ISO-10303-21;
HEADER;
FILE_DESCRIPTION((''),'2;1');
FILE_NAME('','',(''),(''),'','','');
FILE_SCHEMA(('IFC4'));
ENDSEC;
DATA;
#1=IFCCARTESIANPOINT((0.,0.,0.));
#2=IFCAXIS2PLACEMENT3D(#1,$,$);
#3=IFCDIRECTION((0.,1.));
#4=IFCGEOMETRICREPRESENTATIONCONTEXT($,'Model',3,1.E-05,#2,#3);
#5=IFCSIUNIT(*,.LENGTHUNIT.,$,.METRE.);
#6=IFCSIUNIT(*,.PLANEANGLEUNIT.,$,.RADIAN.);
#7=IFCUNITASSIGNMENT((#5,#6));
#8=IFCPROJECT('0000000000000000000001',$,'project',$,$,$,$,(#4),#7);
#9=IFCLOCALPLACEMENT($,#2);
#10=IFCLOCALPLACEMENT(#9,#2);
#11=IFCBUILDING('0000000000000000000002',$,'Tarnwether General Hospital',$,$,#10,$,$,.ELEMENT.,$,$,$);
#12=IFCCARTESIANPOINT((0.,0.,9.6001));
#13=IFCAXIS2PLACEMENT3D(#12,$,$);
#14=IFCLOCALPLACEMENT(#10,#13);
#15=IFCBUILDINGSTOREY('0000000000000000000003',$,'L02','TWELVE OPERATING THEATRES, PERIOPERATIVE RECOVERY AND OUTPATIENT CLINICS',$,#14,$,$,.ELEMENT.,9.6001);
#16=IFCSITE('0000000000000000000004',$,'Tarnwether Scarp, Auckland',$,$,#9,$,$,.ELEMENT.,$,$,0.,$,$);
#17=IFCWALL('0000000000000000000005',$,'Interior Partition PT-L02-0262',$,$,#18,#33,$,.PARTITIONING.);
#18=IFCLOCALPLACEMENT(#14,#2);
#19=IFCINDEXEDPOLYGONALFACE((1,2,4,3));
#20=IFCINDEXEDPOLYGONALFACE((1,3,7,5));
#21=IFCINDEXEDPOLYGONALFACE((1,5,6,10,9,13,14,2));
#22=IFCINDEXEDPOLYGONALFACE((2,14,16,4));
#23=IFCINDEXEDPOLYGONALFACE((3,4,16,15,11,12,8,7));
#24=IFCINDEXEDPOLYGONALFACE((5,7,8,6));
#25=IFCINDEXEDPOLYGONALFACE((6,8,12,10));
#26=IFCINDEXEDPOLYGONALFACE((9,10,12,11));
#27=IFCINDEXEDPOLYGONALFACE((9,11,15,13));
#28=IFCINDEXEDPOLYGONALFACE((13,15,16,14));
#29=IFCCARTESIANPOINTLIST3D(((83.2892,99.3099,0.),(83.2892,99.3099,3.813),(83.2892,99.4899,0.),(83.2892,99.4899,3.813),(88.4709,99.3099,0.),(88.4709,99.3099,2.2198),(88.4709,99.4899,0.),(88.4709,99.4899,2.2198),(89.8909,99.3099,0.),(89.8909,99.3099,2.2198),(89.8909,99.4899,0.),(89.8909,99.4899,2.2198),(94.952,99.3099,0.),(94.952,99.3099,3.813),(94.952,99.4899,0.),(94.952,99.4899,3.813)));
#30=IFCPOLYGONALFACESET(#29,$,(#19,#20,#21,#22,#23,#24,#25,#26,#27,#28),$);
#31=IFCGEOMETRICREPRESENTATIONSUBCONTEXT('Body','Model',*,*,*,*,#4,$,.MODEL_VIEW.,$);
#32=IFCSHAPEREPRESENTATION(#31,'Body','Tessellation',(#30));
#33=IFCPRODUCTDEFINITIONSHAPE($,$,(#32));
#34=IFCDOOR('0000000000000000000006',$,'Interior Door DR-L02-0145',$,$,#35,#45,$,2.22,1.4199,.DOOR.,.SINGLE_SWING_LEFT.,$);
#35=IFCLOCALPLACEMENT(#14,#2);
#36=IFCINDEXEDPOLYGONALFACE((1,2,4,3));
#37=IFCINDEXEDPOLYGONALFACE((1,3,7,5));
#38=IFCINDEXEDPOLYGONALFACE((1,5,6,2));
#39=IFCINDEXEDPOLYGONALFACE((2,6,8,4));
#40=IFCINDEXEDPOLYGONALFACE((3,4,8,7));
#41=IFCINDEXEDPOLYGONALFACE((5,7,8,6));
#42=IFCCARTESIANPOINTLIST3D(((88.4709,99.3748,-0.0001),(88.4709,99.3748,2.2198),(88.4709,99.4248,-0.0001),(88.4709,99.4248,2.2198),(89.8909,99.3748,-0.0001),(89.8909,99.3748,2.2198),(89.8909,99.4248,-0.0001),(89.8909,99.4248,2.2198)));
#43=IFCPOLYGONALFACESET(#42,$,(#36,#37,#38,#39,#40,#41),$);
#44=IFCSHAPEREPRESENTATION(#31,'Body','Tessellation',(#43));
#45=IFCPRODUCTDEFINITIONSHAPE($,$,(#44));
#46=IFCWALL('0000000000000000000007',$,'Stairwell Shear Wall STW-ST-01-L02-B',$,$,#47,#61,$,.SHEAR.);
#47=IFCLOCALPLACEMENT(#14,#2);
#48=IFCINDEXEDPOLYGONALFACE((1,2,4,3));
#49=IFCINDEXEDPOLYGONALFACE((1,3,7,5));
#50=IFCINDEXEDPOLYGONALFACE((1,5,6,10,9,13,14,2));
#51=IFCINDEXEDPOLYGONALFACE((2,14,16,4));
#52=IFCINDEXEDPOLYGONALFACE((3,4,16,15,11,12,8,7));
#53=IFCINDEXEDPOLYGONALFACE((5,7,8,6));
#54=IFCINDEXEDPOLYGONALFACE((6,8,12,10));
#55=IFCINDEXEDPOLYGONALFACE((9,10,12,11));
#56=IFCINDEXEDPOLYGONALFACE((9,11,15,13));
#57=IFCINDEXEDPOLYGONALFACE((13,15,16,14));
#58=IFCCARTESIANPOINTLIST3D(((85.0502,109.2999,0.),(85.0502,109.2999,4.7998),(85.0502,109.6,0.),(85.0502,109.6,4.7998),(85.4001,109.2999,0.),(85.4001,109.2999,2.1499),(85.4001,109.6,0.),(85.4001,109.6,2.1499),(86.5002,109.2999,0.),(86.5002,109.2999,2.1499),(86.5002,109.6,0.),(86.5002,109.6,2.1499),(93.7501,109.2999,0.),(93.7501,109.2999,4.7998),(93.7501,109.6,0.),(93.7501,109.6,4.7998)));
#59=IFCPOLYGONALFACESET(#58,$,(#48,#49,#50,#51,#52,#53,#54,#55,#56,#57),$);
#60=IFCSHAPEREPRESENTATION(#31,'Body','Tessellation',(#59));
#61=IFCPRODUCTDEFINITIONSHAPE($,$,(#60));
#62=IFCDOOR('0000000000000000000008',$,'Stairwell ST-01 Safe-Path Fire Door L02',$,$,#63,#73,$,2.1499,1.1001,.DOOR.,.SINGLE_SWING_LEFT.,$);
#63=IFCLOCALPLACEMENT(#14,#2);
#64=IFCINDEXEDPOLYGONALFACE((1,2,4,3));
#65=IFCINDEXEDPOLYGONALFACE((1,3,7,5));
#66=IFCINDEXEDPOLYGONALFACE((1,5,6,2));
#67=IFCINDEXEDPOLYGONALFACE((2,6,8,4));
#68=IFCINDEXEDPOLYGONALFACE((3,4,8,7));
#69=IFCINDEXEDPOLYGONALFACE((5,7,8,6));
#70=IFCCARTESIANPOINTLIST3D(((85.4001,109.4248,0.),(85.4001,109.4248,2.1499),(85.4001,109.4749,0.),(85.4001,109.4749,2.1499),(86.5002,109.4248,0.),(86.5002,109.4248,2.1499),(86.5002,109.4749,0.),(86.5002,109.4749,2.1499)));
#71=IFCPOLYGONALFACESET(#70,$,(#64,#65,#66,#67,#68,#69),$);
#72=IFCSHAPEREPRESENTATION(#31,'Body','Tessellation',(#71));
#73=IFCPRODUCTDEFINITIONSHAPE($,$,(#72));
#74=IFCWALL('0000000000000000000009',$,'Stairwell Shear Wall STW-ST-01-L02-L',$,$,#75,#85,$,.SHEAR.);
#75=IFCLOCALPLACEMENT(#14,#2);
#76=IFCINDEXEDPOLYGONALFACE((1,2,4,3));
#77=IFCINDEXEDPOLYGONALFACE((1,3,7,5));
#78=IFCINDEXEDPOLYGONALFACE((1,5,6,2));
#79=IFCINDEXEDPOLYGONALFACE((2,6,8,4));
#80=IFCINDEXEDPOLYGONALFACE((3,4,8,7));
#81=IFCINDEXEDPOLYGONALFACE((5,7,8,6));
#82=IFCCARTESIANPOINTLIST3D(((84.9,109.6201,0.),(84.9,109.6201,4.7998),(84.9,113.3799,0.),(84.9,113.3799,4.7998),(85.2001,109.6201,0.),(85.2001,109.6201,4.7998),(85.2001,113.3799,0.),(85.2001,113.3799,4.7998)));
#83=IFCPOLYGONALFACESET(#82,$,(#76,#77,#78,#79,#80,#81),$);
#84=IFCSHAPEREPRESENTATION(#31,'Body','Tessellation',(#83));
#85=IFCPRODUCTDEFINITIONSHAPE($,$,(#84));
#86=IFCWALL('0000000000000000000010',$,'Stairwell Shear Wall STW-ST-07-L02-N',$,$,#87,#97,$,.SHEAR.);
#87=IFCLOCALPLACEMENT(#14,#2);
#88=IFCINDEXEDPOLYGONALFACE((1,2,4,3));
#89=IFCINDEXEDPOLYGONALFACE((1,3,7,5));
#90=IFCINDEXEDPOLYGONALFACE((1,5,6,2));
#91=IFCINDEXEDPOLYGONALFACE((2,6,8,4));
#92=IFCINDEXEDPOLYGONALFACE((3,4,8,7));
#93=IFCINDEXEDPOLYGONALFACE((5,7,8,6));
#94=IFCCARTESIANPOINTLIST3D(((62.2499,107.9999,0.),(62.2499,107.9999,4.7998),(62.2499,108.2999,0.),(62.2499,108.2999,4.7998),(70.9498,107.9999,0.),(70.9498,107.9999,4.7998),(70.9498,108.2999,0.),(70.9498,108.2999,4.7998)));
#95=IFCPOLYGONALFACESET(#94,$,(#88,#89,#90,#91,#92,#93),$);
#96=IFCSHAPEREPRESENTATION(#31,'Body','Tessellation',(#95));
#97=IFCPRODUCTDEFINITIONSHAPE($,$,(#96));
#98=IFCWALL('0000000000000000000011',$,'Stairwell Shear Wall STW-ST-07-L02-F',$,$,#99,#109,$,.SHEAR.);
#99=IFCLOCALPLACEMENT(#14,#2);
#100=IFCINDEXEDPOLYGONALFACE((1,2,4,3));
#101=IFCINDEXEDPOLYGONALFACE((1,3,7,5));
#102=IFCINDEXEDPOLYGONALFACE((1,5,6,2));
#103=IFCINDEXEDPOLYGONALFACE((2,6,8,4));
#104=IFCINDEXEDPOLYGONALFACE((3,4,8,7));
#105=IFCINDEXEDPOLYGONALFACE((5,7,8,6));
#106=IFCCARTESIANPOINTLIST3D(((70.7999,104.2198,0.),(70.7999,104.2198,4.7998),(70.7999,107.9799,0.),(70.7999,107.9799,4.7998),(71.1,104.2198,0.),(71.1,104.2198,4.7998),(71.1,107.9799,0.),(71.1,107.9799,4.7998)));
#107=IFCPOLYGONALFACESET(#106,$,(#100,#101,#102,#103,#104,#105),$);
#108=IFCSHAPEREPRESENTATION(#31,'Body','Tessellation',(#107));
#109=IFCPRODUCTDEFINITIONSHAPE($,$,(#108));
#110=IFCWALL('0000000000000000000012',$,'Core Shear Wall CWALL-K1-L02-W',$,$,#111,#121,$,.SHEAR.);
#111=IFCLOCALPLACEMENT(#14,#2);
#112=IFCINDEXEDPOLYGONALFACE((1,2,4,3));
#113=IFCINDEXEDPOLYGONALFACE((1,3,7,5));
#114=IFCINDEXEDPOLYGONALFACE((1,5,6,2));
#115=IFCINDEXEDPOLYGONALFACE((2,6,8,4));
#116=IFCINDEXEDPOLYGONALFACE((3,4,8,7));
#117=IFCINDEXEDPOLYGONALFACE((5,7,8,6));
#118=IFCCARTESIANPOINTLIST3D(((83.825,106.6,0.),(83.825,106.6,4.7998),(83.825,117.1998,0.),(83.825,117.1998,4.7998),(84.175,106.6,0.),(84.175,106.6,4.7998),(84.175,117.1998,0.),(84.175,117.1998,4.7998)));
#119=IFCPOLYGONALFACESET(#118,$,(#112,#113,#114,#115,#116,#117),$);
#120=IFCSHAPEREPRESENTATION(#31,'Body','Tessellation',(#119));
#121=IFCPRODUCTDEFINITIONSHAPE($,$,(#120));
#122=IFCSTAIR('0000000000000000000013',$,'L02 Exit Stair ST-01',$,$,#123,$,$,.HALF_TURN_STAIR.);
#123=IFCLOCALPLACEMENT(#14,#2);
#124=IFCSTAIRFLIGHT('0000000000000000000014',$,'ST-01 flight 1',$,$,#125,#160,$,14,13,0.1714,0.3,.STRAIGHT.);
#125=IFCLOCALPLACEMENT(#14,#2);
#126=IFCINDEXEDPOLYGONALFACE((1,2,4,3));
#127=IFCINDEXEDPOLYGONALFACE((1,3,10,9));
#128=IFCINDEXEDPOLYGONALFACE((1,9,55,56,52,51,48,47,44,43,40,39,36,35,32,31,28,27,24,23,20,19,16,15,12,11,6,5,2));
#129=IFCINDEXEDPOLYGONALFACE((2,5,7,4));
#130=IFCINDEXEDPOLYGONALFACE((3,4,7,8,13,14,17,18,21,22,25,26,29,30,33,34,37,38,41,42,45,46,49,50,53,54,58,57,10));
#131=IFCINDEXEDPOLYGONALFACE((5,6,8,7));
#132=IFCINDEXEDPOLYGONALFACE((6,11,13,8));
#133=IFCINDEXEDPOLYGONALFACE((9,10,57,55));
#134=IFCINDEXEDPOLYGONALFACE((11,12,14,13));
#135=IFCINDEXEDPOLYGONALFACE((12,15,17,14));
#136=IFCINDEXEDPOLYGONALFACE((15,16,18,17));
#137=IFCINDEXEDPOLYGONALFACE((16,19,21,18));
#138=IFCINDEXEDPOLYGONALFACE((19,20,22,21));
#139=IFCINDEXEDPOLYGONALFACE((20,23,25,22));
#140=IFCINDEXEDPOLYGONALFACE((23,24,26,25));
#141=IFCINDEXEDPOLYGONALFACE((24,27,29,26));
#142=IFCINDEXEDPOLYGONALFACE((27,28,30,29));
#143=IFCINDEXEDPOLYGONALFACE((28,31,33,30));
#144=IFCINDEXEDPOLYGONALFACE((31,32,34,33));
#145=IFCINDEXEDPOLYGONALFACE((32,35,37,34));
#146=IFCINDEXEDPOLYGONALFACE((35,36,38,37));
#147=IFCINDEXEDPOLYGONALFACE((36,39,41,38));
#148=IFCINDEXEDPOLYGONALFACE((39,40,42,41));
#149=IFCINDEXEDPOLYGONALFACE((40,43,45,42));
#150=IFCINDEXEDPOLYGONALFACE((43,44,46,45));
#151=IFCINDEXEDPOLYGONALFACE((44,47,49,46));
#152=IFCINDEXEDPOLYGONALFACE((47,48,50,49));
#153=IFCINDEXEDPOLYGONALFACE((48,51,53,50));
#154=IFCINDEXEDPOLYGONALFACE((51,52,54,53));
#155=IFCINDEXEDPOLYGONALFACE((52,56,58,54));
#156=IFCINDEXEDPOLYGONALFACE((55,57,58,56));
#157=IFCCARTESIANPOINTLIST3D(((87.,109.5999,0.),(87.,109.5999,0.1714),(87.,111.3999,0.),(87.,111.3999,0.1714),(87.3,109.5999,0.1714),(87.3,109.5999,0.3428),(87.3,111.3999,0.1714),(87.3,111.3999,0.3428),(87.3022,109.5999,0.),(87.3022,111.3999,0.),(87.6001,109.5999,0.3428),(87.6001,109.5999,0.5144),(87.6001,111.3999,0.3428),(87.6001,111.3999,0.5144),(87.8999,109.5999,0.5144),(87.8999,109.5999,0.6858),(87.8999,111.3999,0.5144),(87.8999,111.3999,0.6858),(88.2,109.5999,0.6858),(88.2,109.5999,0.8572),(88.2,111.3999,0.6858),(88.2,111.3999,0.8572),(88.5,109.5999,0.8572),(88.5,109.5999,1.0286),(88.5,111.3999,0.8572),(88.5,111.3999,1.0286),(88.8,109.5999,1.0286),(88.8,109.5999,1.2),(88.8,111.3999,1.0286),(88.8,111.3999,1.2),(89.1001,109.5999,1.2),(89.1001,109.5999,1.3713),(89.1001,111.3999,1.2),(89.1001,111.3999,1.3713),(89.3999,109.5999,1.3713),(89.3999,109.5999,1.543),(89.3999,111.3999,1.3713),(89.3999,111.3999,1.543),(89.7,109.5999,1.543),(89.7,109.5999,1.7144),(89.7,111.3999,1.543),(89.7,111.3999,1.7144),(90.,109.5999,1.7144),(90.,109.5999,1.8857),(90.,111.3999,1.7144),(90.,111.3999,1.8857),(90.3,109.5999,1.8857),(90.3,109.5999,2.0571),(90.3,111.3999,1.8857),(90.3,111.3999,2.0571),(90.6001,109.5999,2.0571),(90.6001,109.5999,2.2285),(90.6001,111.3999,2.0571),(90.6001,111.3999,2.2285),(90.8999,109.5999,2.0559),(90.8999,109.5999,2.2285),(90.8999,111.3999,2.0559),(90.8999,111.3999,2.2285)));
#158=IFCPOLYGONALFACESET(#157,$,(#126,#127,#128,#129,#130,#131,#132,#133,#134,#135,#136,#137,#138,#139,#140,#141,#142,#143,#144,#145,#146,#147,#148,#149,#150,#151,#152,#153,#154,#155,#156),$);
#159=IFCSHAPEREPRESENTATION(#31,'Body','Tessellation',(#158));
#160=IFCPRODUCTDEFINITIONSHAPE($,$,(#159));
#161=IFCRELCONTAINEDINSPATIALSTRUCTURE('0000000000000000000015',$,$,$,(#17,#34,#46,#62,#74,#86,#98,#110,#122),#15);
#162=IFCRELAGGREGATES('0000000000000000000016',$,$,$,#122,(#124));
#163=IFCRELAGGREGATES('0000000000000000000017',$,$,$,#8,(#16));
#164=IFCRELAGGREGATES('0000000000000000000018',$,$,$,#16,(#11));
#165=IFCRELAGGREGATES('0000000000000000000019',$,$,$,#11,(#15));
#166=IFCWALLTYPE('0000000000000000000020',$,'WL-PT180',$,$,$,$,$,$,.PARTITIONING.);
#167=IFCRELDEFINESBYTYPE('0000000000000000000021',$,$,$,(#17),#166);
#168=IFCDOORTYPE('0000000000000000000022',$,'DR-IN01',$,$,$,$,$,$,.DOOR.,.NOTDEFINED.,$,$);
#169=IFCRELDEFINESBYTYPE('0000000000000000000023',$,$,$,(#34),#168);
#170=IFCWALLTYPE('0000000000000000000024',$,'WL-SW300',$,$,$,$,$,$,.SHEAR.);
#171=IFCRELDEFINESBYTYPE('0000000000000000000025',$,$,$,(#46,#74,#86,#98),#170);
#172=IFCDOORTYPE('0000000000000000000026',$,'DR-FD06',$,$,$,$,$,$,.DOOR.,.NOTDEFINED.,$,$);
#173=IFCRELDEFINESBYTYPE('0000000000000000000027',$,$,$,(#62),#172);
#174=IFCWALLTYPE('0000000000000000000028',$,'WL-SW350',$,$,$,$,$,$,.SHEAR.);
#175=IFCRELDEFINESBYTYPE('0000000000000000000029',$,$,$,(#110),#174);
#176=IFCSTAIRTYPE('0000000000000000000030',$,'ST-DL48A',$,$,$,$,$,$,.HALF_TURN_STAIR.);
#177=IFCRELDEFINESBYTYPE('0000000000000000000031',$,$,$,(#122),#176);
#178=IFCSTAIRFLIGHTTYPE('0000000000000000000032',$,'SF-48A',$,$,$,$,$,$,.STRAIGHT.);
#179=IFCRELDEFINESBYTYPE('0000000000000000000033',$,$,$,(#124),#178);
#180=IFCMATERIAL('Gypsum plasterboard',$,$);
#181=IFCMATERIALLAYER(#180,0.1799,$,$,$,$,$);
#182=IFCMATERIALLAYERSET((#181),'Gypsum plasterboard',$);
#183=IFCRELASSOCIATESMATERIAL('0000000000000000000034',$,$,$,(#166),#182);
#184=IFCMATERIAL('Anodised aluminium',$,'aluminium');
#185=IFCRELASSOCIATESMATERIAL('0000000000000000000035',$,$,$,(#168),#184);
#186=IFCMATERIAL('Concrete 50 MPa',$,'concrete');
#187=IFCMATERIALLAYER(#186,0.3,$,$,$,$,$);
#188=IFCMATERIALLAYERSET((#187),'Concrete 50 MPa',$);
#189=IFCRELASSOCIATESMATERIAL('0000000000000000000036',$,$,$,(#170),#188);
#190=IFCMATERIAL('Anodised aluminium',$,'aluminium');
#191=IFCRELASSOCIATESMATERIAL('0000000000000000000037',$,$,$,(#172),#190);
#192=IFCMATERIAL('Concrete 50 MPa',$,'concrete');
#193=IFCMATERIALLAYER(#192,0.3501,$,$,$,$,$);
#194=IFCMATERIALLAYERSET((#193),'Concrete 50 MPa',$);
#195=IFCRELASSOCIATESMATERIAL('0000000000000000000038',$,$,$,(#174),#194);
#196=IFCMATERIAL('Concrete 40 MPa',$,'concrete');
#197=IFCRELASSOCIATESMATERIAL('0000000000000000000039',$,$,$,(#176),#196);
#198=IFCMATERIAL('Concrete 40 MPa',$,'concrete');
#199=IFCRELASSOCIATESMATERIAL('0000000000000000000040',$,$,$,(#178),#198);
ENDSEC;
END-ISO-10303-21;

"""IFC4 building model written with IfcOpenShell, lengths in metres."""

from ifc_helpers import new_model, si_unit, direction, frame, frame_2d, origin, place, context, subcontext, project, spatial, polyline, rectangle, outline, extrude, material, layer, layer_set, type_object, element, fill, aggregate, save


model = new_model("IFC4")

# Units and contexts
model_context = context("Model", 3, precision=1e-05, world=origin(), true_north=direction((0.0, 1.0)))
body_context = subcontext(model_context, "Body", "Model", "MODEL_VIEW")
ifc_project = project(units=[si_unit("LENGTHUNIT", "METRE"), si_unit("PLANEANGLEUNIT", "RADIAN")], contexts=[model_context])

# Site, building, storey
site_placement = place(None, origin())
site = spatial("IfcSite", under=ifc_project, at=site_placement, Name="Tarnwether Scarp, Auckland", CompositionType="ELEMENT", RefElevation=0.0)
building_placement = place(site_placement, origin())
building = spatial("IfcBuilding", under=site, at=building_placement, Name="Tarnwether General Hospital", CompositionType="ELEMENT")
storey_placement = place(building_placement, frame((0.0, 0.0, 9.6001)))
storey = spatial("IfcBuildingStorey", under=building, at=storey_placement, Name="L02", Description="TWELVE OPERATING THEATRES, PERIOPERATIVE RECOVERY AND OUTPATIENT CLINICS", CompositionType="ELEMENT", Elevation=9.6001)

# Walls, openings, doors
ifc_material_1 = material(Name="Gypsum plasterboard")
ifc_layer_1 = layer(ifc_material_1, 0.1799)
ifc_layer_set_1 = layer_set([ifc_layer_1], Name="Gypsum plasterboard")
wall_type_1 = type_object("IfcWallType", Name="WL-PT180", PredefinedType="PARTITIONING", material=ifc_layer_set_1)
wall_1_placement = place(storey_placement, frame((83.2891, 99.3999, 0.0), z_axis=(0.0, 0.0, 1.0), x_axis=(1.0, 0.0, 0.0)))
wall_1 = element("IfcWall", 1, at=wall_1_placement, inside=storey, type_object=wall_type_1, Name="Interior Partition PT-L02-0262", PredefinedType="PARTITIONING", context=body_context, shape_type="SweptSolid", body=[
    extrude(rectangle(XDim=11.6628, YDim=0.1799, at=frame_2d((5.8315, 0.0))), origin(), (0.0, 0.0, 1.0), 3.813),
])
opening_1_placement = place(wall_1_placement, frame((5.1819, 0.0, 0.0)))
opening_1 = element("IfcOpeningElement", 2, at=opening_1_placement, cuts=wall_1, PredefinedType="OPENING", context=body_context, shape_type="SweptSolid", body=[
    extrude(rectangle(XDim=1.4199, YDim=2.22, at=frame_2d((0.71, 1.1099))), frame((0.0, 0.1001, 0.0), z_axis=(0.0, -1.0, 0.0), x_axis=(1.0, 0.0, 0.0)), (0.0, 0.0, 1.0), 0.2),
])
ifc_material_2 = material(Name="Anodised aluminium", Category="aluminium")
door_type_1 = type_object("IfcDoorType", Name="DR-IN01", OperationType="NOTDEFINED", PredefinedType="DOOR", material=ifc_material_2)
door_1_placement = place(opening_1_placement, origin())
door_1 = element("IfcDoor", 3, at=door_1_placement, inside=storey, type_object=door_type_1, Name="Interior Door DR-L02-0145", OperationType="SINGLE_SWING_LEFT", OverallHeight=2.22, OverallWidth=1.4199, PredefinedType="DOOR", context=body_context, shape_type="SweptSolid", body=[
    extrude(rectangle(XDim=1.4199, YDim=2.22, at=frame_2d((0.71, 1.1099))), frame((0.0, 0.0249, 0.0), z_axis=(0.0, -1.0, 0.0), x_axis=(1.0, 0.0, 0.0)), (0.0, 0.0, 1.0), 0.05),
])
fill(opening_1, door_1)
ifc_material_3 = material(Name="Concrete 50 MPa", Category="concrete")
ifc_layer_2 = layer(ifc_material_3, 0.3)
ifc_layer_set_2 = layer_set([ifc_layer_2], Name="Concrete 50 MPa")
wall_type_2 = type_object("IfcWallType", Name="WL-SW300", PredefinedType="SHEAR", material=ifc_layer_set_2)
wall_2_placement = place(storey_placement, frame((85.05, 109.45, 0.0), z_axis=(0.0, 0.0, 1.0), x_axis=(1.0, 0.0, 0.0)))
wall_2 = element("IfcWall", 4, at=wall_2_placement, inside=storey, type_object=wall_type_2, Name="Stairwell Shear Wall STW-ST-01-L02-B", PredefinedType="SHEAR", context=body_context, shape_type="SweptSolid", body=[
    extrude(rectangle(XDim=8.7, YDim=0.3, at=frame_2d((4.3501, 0.0))), origin(), (0.0, 0.0, 1.0), 4.7998),
])
opening_2_placement = place(wall_2_placement, frame((0.3501, 0.0, 0.0)))
opening_2 = element("IfcOpeningElement", 5, at=opening_2_placement, cuts=wall_2, PredefinedType="OPENING", context=body_context, shape_type="SweptSolid", body=[
    extrude(rectangle(XDim=1.1001, YDim=2.1499, at=frame_2d((0.55, 1.075))), frame((0.0, 0.1602, 0.0), z_axis=(0.0, -1.0, 0.0), x_axis=(1.0, 0.0, 0.0)), (0.0, 0.0, 1.0), 0.3201),
])
ifc_material_4 = material(Name="Anodised aluminium", Category="aluminium")
door_type_2 = type_object("IfcDoorType", Name="DR-FD06", OperationType="NOTDEFINED", PredefinedType="DOOR", material=ifc_material_4)
door_2_placement = place(opening_2_placement, origin())
door_2 = element("IfcDoor", 6, at=door_2_placement, inside=storey, type_object=door_type_2, Name="Stairwell ST-01 Safe-Path Fire Door L02", OperationType="SINGLE_SWING_LEFT", OverallHeight=2.1499, OverallWidth=1.1001, PredefinedType="DOOR", context=body_context, shape_type="SweptSolid", body=[
    extrude(rectangle(XDim=1.1001, YDim=2.1499, at=frame_2d((0.55, 1.075))), frame((0.0, 0.0249, 0.0), z_axis=(0.0, -1.0, 0.0), x_axis=(1.0, 0.0, 0.0)), (0.0, 0.0, 1.0), 0.05),
])
fill(opening_2, door_2)

# Walls
wall_3_placement = place(storey_placement, frame((85.05, 109.6201, 0.0), z_axis=(0.0, 0.0, 1.0), x_axis=(0.0, 1.0, 0.0)))
element("IfcWall", 7, at=wall_3_placement, inside=storey, type_object=wall_type_2, Name="Stairwell Shear Wall STW-ST-01-L02-L", PredefinedType="SHEAR", context=body_context, shape_type="SweptSolid", body=[
    extrude(rectangle(XDim=3.7598, YDim=0.3, at=frame_2d((1.8799, 0.0))), origin(), (0.0, 0.0, 1.0), 4.7998),
])
wall_4_placement = place(storey_placement, frame((70.95, 108.1499, 0.0), z_axis=(0.0, 0.0, 1.0), x_axis=(-1.0, 0.0, 0.0)))
element("IfcWall", 8, at=wall_4_placement, inside=storey, type_object=wall_type_2, Name="Stairwell Shear Wall STW-ST-07-L02-N", PredefinedType="SHEAR", context=body_context, shape_type="SweptSolid", body=[
    extrude(rectangle(XDim=8.7, YDim=0.3, at=frame_2d((4.3501, 0.0))), origin(), (0.0, 0.0, 1.0), 4.7998),
])
wall_5_placement = place(storey_placement, frame((70.95, 104.22, 0.0), z_axis=(0.0, 0.0, 1.0), x_axis=(0.0, 1.0, 0.0)))
element("IfcWall", 9, at=wall_5_placement, inside=storey, type_object=wall_type_2, Name="Stairwell Shear Wall STW-ST-07-L02-F", PredefinedType="SHEAR", context=body_context, shape_type="SweptSolid", body=[
    extrude(rectangle(XDim=3.76, YDim=0.3, at=frame_2d((1.8799, 0.0))), origin(), (0.0, 0.0, 1.0), 4.7998),
])
ifc_material_5 = material(Name="Concrete 50 MPa", Category="concrete")
ifc_layer_3 = layer(ifc_material_5, 0.3501)
ifc_layer_set_3 = layer_set([ifc_layer_3], Name="Concrete 50 MPa")
wall_type_3 = type_object("IfcWallType", Name="WL-SW350", PredefinedType="SHEAR", material=ifc_layer_set_3)
wall_6_placement = place(storey_placement, frame((84.0, 106.6001, 0.0), z_axis=(0.0, 0.0, 1.0), x_axis=(0.0, 1.0, 0.0)))
element("IfcWall", 10, at=wall_6_placement, inside=storey, type_object=wall_type_3, Name="Core Shear Wall CWALL-K1-L02-W", PredefinedType="SHEAR", context=body_context, shape_type="SweptSolid", body=[
    extrude(rectangle(XDim=10.5999, YDim=0.3501, at=frame_2d((5.2998, 0.0))), origin(), (0.0, 0.0, 1.0), 4.7998),
])

# Stair, stair flight
ifc_material_6 = material(Name="Concrete 40 MPa", Category="concrete")
stair_type = type_object("IfcStairType", Name="ST-DL48A", PredefinedType="HALF_TURN_STAIR", material=ifc_material_6)
stair_placement = place(storey_placement, origin())
stair = element("IfcStair", 11, at=stair_placement, inside=storey, type_object=stair_type, Name="L02 Exit Stair ST-01", PredefinedType="HALF_TURN_STAIR")
ifc_material_7 = material(Name="Concrete 40 MPa", Category="concrete")
stair_flight_type = type_object("IfcStairFlightType", Name="SF-48A", PredefinedType="STRAIGHT", material=ifc_material_7)
stair_flight_placement = place(storey_placement, frame((87.0, 110.5, 0.0), z_axis=(0.0, 0.0, 1.0), x_axis=(1.0, 0.0, 0.0)))
stair_flight = element("IfcStairFlight", 12, at=stair_flight_placement, type_object=stair_flight_type, Name="ST-01 flight 1", NumberOfRisers=14, NumberOfTreads=13, PredefinedType="STRAIGHT", RiserHeight=0.1714, TreadLength=0.3, context=body_context, shape_type="SweptSolid", body=[
    extrude(outline(polyline([(0.0, 0.0), (0.0, 0.1714), (0.3, 0.1714), (0.3, 0.3428), (0.6001, 0.3428), (0.6001, 0.5144), (0.8999, 0.5144), (0.8999, 0.6858), (1.2, 0.6858), (1.2, 0.8572), (1.5, 0.8572), (1.5, 1.0286), (1.8, 1.0286), (1.8, 1.2), (2.1001, 1.2), (2.1001, 1.3713), (2.3999, 1.3713), (2.3999, 1.543), (2.7, 1.543), (2.7, 1.7144), (3.0, 1.7144), (3.0, 1.8857), (3.3, 1.8857), (3.3, 2.0571), (3.6001, 2.0571), (3.6001, 2.2285), (3.8999, 2.2285), (3.8999, 2.3999), (3.8999, 2.0559), (0.3022, 0.0), (0.0, 0.0)])), frame((0.0, 0.8999, 0.0), z_axis=(0.0, -1.0, 0.0), x_axis=(1.0, 0.0, 0.0)), (0.0, 0.0, 1.0), 1.8),
])
aggregate(stair, [stair_flight])

save(model, "model.ifc")
